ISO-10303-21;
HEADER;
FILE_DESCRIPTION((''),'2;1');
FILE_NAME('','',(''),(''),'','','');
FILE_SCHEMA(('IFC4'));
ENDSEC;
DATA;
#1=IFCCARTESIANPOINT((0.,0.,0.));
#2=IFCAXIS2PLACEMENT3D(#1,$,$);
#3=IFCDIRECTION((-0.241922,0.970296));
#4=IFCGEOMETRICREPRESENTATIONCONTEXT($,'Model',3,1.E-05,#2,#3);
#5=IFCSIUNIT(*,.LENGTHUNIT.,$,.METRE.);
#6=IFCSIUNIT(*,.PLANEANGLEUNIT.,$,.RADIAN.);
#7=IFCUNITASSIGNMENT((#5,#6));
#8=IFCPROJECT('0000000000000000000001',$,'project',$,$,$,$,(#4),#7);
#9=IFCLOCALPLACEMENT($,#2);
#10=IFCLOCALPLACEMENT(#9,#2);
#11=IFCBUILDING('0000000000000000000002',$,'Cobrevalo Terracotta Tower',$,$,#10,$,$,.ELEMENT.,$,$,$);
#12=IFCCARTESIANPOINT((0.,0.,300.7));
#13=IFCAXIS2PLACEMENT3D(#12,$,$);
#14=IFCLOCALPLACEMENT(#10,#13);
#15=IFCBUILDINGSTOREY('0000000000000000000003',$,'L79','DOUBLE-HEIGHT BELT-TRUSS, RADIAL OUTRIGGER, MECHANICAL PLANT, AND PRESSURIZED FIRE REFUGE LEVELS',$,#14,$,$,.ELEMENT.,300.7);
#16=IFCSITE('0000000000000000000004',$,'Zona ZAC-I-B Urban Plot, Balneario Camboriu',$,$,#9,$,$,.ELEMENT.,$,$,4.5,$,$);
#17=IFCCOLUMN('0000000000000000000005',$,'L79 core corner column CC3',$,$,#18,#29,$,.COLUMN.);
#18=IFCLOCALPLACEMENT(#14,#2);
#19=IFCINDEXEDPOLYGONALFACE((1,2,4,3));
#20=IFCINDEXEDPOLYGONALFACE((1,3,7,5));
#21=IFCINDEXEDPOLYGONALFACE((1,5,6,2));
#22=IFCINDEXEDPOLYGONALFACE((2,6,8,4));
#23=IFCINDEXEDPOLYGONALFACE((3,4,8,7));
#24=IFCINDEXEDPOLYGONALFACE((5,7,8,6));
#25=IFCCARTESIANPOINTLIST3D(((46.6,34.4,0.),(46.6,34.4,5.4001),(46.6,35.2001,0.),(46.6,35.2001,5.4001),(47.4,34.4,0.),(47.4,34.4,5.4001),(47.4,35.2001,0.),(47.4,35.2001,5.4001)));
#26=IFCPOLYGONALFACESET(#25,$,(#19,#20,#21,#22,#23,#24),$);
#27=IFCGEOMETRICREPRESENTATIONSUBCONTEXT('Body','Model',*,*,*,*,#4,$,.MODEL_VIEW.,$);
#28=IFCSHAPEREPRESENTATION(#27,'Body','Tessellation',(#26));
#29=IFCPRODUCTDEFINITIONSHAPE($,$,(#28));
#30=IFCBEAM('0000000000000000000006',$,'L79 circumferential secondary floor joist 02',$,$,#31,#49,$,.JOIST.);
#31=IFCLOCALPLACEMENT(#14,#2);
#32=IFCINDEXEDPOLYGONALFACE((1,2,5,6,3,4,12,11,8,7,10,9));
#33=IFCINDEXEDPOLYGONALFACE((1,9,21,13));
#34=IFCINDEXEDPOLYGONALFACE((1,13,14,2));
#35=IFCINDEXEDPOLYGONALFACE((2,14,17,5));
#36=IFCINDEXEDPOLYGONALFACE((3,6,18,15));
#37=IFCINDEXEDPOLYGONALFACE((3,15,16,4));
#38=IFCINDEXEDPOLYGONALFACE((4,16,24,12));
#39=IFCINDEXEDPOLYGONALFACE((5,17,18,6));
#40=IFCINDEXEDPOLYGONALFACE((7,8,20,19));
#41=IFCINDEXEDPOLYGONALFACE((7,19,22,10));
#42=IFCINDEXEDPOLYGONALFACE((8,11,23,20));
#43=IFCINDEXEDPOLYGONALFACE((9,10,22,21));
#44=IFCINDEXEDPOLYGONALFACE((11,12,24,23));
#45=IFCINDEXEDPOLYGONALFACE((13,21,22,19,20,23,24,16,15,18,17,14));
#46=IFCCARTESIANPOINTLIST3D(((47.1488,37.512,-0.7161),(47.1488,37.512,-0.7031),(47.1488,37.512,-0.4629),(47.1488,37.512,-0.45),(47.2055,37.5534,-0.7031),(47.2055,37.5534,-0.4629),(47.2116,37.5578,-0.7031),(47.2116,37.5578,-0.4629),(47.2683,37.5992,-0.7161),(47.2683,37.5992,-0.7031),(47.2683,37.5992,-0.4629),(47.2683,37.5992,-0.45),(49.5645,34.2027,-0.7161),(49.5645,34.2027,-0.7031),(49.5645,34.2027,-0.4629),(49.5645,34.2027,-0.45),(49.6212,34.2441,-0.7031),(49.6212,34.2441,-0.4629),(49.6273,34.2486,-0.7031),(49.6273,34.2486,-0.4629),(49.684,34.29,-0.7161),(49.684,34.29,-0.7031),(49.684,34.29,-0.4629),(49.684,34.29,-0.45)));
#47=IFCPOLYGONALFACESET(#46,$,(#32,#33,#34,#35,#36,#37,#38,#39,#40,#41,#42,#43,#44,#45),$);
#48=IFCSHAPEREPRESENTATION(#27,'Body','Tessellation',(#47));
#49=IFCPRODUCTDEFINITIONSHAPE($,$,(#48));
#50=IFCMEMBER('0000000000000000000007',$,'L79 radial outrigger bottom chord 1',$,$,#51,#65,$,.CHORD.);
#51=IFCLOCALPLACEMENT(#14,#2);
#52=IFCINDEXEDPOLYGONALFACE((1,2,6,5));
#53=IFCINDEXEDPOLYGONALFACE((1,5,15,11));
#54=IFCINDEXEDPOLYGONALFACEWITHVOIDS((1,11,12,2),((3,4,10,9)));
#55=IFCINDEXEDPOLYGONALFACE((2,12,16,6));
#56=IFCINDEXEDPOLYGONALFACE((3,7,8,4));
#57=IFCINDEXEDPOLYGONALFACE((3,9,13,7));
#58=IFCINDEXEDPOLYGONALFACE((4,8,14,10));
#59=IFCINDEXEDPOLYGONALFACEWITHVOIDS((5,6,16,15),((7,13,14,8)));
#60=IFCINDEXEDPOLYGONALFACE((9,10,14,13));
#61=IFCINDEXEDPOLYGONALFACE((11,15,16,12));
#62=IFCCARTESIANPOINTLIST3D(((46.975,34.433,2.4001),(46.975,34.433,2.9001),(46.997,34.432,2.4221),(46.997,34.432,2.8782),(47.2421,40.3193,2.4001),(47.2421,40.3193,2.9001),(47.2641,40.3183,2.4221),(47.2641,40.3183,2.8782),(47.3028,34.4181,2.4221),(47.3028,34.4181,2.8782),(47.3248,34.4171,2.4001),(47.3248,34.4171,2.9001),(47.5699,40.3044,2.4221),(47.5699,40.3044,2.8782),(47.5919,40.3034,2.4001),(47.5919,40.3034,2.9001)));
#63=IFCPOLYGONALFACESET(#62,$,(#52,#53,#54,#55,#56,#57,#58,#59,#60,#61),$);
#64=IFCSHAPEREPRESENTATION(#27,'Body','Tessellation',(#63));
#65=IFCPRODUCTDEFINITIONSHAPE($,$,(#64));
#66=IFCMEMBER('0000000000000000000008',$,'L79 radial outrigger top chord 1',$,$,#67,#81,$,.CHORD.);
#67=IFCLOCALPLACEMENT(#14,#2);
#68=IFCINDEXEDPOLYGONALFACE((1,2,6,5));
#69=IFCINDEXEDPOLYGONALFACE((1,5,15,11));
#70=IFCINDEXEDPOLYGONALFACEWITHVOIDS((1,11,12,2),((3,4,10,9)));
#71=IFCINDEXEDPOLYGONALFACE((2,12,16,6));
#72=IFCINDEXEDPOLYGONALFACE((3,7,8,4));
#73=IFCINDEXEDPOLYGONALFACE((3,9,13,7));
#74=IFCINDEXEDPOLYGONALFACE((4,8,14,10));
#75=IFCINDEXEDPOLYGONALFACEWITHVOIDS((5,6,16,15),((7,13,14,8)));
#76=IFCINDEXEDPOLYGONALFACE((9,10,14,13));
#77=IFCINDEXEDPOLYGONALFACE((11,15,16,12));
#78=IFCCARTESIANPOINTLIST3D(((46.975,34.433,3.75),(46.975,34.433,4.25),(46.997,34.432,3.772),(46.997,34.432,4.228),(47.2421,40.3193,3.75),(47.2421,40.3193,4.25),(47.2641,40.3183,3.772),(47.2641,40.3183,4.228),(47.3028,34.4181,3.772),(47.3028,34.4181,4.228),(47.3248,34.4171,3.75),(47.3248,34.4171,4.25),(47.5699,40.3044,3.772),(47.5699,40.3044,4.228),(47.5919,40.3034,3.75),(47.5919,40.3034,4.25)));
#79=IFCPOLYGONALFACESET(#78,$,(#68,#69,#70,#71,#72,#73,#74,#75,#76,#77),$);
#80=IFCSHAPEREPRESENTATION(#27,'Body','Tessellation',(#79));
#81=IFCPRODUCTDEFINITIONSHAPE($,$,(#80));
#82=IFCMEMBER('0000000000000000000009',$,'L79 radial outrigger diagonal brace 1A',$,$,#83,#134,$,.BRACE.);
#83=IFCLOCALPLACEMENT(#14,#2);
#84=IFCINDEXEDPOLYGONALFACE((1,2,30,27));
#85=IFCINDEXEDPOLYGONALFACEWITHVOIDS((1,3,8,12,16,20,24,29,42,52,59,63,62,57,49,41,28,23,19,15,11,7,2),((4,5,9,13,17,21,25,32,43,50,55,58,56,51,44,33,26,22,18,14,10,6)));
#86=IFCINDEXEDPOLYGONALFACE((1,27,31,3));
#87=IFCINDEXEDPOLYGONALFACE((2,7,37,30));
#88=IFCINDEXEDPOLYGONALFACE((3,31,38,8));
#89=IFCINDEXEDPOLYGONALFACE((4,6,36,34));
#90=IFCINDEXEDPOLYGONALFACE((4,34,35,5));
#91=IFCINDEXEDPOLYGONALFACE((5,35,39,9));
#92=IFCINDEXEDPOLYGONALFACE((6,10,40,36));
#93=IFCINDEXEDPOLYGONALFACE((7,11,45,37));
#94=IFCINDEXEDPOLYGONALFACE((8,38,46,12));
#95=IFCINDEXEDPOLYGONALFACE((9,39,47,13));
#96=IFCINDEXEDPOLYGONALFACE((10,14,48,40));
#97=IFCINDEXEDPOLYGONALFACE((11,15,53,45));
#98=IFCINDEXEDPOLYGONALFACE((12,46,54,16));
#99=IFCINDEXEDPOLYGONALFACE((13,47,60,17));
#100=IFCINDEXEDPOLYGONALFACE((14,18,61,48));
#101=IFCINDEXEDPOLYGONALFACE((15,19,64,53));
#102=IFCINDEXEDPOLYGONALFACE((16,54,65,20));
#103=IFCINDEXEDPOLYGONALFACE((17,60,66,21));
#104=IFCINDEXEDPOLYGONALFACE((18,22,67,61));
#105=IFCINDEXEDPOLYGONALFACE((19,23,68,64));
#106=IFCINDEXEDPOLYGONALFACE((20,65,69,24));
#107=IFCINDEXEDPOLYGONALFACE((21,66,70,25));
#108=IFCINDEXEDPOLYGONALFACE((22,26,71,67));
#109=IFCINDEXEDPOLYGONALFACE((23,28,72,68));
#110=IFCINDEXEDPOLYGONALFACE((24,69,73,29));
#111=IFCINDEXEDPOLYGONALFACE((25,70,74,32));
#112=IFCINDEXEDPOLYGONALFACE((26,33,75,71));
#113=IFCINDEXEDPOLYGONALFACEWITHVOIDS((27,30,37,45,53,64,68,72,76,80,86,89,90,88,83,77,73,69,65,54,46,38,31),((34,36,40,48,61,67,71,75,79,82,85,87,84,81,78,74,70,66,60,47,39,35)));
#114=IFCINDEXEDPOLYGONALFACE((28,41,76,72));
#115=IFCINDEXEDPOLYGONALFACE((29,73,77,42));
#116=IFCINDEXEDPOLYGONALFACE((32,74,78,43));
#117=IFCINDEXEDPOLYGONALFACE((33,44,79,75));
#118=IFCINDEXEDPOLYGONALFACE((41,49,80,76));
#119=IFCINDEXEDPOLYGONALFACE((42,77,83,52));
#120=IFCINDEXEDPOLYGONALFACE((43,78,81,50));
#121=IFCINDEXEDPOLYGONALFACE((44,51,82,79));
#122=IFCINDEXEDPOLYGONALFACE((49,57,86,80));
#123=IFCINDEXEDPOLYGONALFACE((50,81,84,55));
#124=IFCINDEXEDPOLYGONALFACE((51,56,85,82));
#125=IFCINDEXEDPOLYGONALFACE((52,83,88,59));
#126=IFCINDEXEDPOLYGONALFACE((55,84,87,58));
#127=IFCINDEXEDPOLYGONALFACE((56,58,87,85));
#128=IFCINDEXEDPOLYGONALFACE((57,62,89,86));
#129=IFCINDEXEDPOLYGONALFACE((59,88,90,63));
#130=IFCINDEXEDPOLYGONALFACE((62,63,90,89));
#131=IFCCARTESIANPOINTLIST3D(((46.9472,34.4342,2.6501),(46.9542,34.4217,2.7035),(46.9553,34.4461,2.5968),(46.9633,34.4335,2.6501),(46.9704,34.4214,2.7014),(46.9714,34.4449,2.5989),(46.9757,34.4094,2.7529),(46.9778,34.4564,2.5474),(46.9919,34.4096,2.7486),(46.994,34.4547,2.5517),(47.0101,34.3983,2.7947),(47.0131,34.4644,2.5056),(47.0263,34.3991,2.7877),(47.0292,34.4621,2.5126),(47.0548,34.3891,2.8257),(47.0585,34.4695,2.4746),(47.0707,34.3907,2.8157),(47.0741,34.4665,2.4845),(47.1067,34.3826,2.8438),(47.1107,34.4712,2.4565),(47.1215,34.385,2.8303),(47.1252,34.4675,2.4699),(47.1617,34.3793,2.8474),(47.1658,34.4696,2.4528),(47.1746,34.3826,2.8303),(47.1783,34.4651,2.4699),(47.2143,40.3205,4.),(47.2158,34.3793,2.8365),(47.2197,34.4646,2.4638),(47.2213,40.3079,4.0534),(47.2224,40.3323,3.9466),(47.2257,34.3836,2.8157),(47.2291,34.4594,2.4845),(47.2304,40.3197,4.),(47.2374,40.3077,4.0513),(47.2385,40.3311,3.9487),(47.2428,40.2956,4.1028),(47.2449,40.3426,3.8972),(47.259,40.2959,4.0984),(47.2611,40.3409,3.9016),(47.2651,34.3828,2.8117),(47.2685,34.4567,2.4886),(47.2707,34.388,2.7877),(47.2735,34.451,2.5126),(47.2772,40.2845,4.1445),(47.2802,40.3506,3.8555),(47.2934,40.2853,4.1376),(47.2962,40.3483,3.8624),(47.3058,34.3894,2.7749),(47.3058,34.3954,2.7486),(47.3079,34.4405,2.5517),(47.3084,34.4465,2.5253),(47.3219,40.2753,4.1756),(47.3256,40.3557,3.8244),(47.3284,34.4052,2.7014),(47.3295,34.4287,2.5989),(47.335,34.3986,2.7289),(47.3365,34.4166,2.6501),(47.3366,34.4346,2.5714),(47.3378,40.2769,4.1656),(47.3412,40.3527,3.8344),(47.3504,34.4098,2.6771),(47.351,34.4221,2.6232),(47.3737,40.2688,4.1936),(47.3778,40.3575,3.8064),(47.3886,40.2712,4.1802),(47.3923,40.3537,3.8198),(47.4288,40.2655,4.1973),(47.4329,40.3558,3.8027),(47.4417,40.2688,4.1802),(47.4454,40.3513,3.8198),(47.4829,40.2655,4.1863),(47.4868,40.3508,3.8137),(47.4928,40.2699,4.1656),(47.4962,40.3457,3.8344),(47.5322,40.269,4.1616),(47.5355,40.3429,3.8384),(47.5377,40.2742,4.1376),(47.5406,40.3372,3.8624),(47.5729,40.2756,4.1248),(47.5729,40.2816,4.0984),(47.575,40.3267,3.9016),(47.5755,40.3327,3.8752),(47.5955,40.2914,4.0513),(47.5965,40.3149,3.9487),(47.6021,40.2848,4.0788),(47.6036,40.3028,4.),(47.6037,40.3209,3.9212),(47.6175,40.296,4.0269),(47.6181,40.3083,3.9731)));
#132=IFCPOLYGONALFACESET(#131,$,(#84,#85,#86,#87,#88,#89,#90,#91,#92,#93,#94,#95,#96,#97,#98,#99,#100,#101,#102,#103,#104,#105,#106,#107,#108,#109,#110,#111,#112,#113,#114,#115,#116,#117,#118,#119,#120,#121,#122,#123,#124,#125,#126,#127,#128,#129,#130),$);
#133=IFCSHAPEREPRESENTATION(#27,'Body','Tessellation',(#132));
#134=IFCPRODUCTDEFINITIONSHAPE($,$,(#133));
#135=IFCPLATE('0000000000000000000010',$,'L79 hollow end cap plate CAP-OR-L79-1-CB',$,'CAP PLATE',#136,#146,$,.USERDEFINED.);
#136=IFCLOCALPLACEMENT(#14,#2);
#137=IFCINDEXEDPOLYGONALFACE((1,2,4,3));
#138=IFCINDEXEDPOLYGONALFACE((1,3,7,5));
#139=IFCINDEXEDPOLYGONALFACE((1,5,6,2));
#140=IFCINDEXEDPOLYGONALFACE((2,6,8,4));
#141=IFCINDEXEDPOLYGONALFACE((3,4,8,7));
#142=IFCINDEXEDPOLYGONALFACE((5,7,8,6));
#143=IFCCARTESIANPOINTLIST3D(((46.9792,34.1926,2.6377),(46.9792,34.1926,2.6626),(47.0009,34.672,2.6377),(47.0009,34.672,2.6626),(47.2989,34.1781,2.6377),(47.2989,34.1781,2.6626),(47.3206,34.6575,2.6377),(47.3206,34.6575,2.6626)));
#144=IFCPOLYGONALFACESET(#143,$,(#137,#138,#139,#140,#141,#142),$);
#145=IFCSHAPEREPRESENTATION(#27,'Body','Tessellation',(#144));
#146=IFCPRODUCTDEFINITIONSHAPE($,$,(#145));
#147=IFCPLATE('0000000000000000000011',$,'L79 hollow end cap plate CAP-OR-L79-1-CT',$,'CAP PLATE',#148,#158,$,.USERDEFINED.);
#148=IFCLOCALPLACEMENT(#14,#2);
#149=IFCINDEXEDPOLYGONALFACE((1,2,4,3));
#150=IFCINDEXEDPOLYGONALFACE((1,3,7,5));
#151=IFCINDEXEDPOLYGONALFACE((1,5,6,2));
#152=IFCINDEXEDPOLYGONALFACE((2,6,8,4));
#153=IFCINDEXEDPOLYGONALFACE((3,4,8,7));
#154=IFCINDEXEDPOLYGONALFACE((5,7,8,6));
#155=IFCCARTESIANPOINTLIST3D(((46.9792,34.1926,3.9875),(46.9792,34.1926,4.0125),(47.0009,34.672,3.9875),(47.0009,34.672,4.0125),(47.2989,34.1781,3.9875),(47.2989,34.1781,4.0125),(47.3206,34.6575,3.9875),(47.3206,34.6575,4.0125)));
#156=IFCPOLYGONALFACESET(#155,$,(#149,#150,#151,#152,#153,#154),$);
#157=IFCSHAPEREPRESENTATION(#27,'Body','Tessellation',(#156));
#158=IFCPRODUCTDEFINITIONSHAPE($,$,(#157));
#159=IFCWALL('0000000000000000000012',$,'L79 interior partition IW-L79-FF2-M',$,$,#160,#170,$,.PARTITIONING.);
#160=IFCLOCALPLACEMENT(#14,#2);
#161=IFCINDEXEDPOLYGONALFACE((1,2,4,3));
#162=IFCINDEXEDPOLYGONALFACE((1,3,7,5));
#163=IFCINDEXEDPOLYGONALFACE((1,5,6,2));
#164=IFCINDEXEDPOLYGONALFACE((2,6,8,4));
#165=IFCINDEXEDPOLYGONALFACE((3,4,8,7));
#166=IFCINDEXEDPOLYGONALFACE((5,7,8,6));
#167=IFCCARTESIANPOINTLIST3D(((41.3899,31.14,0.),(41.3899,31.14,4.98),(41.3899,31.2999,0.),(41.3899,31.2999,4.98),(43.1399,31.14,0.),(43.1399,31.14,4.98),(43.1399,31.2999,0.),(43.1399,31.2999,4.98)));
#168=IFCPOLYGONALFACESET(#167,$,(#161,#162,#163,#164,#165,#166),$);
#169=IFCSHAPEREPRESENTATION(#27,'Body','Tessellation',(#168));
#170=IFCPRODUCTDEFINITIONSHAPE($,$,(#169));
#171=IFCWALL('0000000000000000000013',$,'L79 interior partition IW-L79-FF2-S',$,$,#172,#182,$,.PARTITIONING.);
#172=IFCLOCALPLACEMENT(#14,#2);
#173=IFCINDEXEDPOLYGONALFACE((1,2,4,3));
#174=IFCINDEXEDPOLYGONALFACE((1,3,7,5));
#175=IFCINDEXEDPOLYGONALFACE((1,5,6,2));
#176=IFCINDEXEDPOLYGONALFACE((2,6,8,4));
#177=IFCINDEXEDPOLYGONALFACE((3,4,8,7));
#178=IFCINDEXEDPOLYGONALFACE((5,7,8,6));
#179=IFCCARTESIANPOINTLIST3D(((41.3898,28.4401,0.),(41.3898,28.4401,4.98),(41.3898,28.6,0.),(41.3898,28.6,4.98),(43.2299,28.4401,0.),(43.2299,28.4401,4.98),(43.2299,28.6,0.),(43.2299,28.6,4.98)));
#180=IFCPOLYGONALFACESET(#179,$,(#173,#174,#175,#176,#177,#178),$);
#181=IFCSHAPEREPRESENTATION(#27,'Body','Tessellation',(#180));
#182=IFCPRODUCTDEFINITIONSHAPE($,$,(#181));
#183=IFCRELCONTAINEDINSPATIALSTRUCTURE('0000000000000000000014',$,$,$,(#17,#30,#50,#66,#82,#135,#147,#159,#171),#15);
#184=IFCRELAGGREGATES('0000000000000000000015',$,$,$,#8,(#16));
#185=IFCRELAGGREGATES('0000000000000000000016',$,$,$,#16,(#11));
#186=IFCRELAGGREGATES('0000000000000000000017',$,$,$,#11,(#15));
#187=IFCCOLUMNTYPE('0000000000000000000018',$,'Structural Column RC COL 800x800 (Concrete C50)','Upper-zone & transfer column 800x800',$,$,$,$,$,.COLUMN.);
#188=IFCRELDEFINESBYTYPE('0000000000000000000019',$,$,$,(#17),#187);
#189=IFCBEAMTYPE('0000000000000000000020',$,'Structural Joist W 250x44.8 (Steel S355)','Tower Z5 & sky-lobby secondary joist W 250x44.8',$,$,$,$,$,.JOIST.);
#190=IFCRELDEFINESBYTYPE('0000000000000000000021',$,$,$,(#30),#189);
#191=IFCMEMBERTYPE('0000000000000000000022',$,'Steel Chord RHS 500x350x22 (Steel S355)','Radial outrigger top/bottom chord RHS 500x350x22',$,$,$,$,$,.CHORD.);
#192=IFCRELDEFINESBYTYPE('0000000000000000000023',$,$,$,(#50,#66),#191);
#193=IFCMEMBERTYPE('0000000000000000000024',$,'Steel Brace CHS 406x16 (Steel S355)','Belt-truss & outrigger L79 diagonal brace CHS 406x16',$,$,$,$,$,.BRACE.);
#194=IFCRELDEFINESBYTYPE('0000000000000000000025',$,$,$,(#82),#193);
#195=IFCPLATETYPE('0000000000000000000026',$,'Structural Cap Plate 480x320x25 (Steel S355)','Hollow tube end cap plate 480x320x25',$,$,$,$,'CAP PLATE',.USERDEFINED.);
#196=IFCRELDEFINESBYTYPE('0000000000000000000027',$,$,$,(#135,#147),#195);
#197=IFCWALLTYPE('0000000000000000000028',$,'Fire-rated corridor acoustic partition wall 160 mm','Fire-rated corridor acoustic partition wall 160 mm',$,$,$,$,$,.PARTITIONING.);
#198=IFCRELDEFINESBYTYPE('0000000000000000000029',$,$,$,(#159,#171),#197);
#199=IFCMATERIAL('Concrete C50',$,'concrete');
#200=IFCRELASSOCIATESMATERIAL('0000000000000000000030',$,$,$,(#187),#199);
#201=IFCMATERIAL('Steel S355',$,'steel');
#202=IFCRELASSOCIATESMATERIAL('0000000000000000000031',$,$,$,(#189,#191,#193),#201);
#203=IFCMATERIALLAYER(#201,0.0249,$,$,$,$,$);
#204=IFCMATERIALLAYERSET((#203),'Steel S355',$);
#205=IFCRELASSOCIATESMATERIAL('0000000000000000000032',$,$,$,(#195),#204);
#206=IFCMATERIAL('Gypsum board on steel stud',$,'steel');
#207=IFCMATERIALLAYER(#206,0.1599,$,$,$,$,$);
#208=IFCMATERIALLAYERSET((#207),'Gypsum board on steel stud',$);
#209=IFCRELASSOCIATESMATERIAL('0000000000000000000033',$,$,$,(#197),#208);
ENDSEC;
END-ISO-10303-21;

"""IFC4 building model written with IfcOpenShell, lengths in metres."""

from ifc_helpers import new_model, si_unit, direction, frame, frame_2d, origin, origin_2d, place, context, subcontext, project, spatial, rectangle, hollow_rectangle, hollow_circle, i_section, extrude, source, transform, mapped, material, layer, layer_set, material_profile, profile_set, type_object, element, save


model = new_model("IFC4")

# Units and contexts
model_context = context("Model", 3, precision=1e-05, world=origin(), true_north=direction((-0.241922, 0.970296)))
body_context = subcontext(model_context, "Body", "Model", "MODEL_VIEW")
ifc_project = project(units=[si_unit("LENGTHUNIT", "METRE"), si_unit("PLANEANGLEUNIT", "RADIAN")], contexts=[model_context])

# Site, building, storey
site_placement = place(None, origin())
site = spatial("IfcSite", under=ifc_project, at=site_placement, Name="Zona ZAC-I-B Urban Plot, Balneario Camboriu", CompositionType="ELEMENT", RefElevation=4.5)
building_placement = place(site_placement, origin())
building = spatial("IfcBuilding", under=site, at=building_placement, Name="Cobrevalo Terracotta Tower", CompositionType="ELEMENT")
storey_placement = place(building_placement, frame((0.0, 0.0, 300.7)))
storey = spatial("IfcBuildingStorey", under=building, at=storey_placement, Name="L79", Description="DOUBLE-HEIGHT BELT-TRUSS, RADIAL OUTRIGGER, MECHANICAL PLANT, AND PRESSURIZED FIRE REFUGE LEVELS", CompositionType="ELEMENT", Elevation=300.7)

# Column
ifc_material_1 = material(Name="Concrete C50", Category="concrete")
ifc_material_profile_1 = material_profile(ifc_material_1, rectangle(XDim=0.8, YDim=0.8, at=origin_2d()), Name="RC COL 800x800")
ifc_profile_set_1 = profile_set([ifc_material_profile_1], Name="Concrete C50")
column_type = type_object("IfcColumnType", Name="Structural Column RC COL 800x800 (Concrete C50)", Description="Upper-zone & transfer column 800x800", PredefinedType="COLUMN", material=ifc_profile_set_1)
column_placement = place(storey_placement, frame((47.0, 34.8, 0.0), z_axis=(0.0, 0.0, 1.0), x_axis=(1.0, 0.0, 0.0)))
element("IfcColumn", 1, at=column_placement, inside=storey, type_object=column_type, Name="L79 core corner column CC3", PredefinedType="COLUMN", context=body_context, shape_type="SweptSolid", body=[
    extrude(rectangle(XDim=0.8, YDim=0.8, at=origin_2d()), origin(), (0.0, 0.0, 1.0), 5.4001),
])

# Beam
ifc_material_2 = material(Name="Steel S355", Category="steel")
ifc_material_profile_2 = material_profile(ifc_material_2, i_section(OverallWidth=0.1479, OverallDepth=0.2661, WebThickness=0.0076, FlangeThickness=0.0129, at=origin_2d()), Name="W 250x44.8")
ifc_profile_set_2 = profile_set([ifc_material_profile_2], Name="Steel S355")
beam_type = type_object("IfcBeamType", Name="Structural Joist W 250x44.8 (Steel S355)", Description="Tower Z5 & sky-lobby secondary joist W 250x44.8", PredefinedType="JOIST", material=ifc_profile_set_2)
beam_placement = place(storey_placement, frame((49.6243, 34.2463, -0.583), z_axis=(-0.589606, 0.807691, 0.0), x_axis=(-0.807691, -0.589606, 0.0)))
element("IfcBeam", 2, at=beam_placement, inside=storey, type_object=beam_type, Name="L79 circumferential secondary floor joist 02", PredefinedType="JOIST", context=body_context, shape_type="SweptSolid", body=[
    extrude(i_section(OverallWidth=0.1479, OverallDepth=0.2661, WebThickness=0.0076, FlangeThickness=0.0129, at=origin_2d()), origin(), (0.0, 0.0, 1.0), 4.0972),
])

# Members
ifc_material_profile_3 = material_profile(ifc_material_2, hollow_rectangle(XDim=0.3501, YDim=0.5, WallThickness=0.022, at=origin_2d()), Name="RHS 500x350x22")
ifc_profile_set_3 = profile_set([ifc_material_profile_3], Name="Steel S355")
member_type_1 = type_object("IfcMemberType", Name="Steel Chord RHS 500x350x22 (Steel S355)", Description="Radial outrigger top/bottom chord RHS 500x350x22", PredefinedType="CHORD", material=ifc_profile_set_3)
shared_shape_1 = source(origin(), body_context, "Body", "SweptSolid", [
    extrude(hollow_rectangle(XDim=0.3501, YDim=0.5, WallThickness=0.022, at=origin_2d()), origin(), (0.0, 0.0, 1.0), 5.8923),
])
for number, where, z_axis, x_axis, name in (
    (3, (47.1499, 34.425, 2.6501), (0.045329, 0.998972, 0.0), (-0.998972, 0.045329, 0.0), "L79 radial outrigger bottom chord 1"),
    (4, (47.1499, 34.425, 4.0), (0.045329, 0.998972, 0.0), (-0.998972, 0.045329, 0.0), "L79 radial outrigger top chord 1"),
):
    element("IfcMember", number, at=place(storey_placement, frame(where, z_axis=z_axis, x_axis=x_axis)), inside=storey, type_object=member_type_1, Name=name, PredefinedType="CHORD", context=body_context, shape_type="MappedRepresentation", body=[
        mapped(shared_shape_1, transform((0.0, 0.0, 0.0), scale=1.0)),
    ])
ifc_material_profile_4 = material_profile(ifc_material_2, hollow_circle(Radius=0.2029, WallThickness=0.0161, at=origin_2d()), Name="CHS 406x16")
ifc_profile_set_4 = profile_set([ifc_material_profile_4], Name="Steel S355")
member_type_2 = type_object("IfcMemberType", Name="Steel Brace CHS 406x16 (Steel S355)", Description="Belt-truss & outrigger L79 diagonal brace CHS 406x16", PredefinedType="BRACE", material=ifc_profile_set_4)
shared_shape_2 = source(origin(), body_context, "Body", "SweptSolid", [
    extrude(hollow_circle(Radius=0.2029, WallThickness=0.0161, at=origin_2d()), origin(), (0.0, 0.0, 1.0), 6.0449),
])
member_placement = place(storey_placement, frame((47.1499, 34.425, 2.6501), z_axis=(0.044184, 0.973747, 0.223304), x_axis=(-0.998972, 0.045329, 0.0)))
element("IfcMember", 5, at=member_placement, inside=storey, type_object=member_type_2, Name="L79 radial outrigger diagonal brace 1A", PredefinedType="BRACE", context=body_context, shape_type="MappedRepresentation", body=[
    mapped(shared_shape_2, transform((0.0, 0.0, 0.0), scale=1.0)),
])

# Plates
ifc_layer_1 = layer(ifc_material_2, 0.0249)
ifc_layer_set_1 = layer_set([ifc_layer_1], Name="Steel S355")
plate_type = type_object("IfcPlateType", Name="Structural Cap Plate 480x320x25 (Steel S355)", Description="Hollow tube end cap plate 480x320x25", ElementType="CAP PLATE", PredefinedType="USERDEFINED", material=ifc_layer_set_1)
shared_shape_3 = source(origin(), body_context, "Body", "SweptSolid", [
    extrude(rectangle(XDim=0.48, YDim=0.3201, at=origin_2d()), origin(), (0.0, 0.0, 1.0), 0.0249),
])
for number, where, z_axis, x_axis, name in (
    (6, (47.1499, 34.425, 2.6377), (0.0, 0.0, 1.0), (0.045298, 0.998973, 0.0), "L79 hollow end cap plate CAP-OR-L79-1-CB"),
    (7, (47.1499, 34.425, 3.9875), (0.0, 0.0, 1.0), (0.045298, 0.998973, 0.0), "L79 hollow end cap plate CAP-OR-L79-1-CT"),
):
    element("IfcPlate", number, at=place(storey_placement, frame(where, z_axis=z_axis, x_axis=x_axis)), inside=storey, type_object=plate_type, Name=name, ObjectType="CAP PLATE", PredefinedType="USERDEFINED", context=body_context, shape_type="MappedRepresentation", body=[
        mapped(shared_shape_3, transform((0.0, 0.0, 0.0), scale=1.0)),
    ])

# Walls
ifc_material_3 = material(Name="Gypsum board on steel stud", Category="steel")
ifc_layer_2 = layer(ifc_material_3, 0.1599)
ifc_layer_set_2 = layer_set([ifc_layer_2], Name="Gypsum board on steel stud")
wall_type_1 = type_object("IfcWallType", Name="Fire-rated corridor acoustic partition wall 160 mm", Description="Fire-rated corridor acoustic partition wall 160 mm", PredefinedType="PARTITIONING", material=ifc_layer_set_2)
wall_1_placement = place(storey_placement, frame((41.3899, 31.22, 0.0), z_axis=(0.0, 0.0, 1.0), x_axis=(1.0, 0.0, 0.0)))
element("IfcWall", 8, at=wall_1_placement, inside=storey, type_object=wall_type_1, Name="L79 interior partition IW-L79-FF2-M", PredefinedType="PARTITIONING", context=body_context, shape_type="SweptSolid", body=[
    extrude(rectangle(XDim=1.75, YDim=0.1599, at=frame_2d((0.875, 0.0))), origin(), (0.0, 0.0, 1.0), 4.98),
])
wall_2_placement = place(storey_placement, frame((41.3899, 28.52, 0.0), z_axis=(0.0, 0.0, 1.0), x_axis=(1.0, 0.0, 0.0)))
element("IfcWall", 9, at=wall_2_placement, inside=storey, type_object=wall_type_1, Name="L79 interior partition IW-L79-FF2-S", PredefinedType="PARTITIONING", context=body_context, shape_type="SweptSolid", body=[
    extrude(rectangle(XDim=1.8401, YDim=0.1599, at=frame_2d((0.9199, 0.0))), origin(), (0.0, 0.0, 1.0), 4.98),
])

save(model, "model.ifc")
